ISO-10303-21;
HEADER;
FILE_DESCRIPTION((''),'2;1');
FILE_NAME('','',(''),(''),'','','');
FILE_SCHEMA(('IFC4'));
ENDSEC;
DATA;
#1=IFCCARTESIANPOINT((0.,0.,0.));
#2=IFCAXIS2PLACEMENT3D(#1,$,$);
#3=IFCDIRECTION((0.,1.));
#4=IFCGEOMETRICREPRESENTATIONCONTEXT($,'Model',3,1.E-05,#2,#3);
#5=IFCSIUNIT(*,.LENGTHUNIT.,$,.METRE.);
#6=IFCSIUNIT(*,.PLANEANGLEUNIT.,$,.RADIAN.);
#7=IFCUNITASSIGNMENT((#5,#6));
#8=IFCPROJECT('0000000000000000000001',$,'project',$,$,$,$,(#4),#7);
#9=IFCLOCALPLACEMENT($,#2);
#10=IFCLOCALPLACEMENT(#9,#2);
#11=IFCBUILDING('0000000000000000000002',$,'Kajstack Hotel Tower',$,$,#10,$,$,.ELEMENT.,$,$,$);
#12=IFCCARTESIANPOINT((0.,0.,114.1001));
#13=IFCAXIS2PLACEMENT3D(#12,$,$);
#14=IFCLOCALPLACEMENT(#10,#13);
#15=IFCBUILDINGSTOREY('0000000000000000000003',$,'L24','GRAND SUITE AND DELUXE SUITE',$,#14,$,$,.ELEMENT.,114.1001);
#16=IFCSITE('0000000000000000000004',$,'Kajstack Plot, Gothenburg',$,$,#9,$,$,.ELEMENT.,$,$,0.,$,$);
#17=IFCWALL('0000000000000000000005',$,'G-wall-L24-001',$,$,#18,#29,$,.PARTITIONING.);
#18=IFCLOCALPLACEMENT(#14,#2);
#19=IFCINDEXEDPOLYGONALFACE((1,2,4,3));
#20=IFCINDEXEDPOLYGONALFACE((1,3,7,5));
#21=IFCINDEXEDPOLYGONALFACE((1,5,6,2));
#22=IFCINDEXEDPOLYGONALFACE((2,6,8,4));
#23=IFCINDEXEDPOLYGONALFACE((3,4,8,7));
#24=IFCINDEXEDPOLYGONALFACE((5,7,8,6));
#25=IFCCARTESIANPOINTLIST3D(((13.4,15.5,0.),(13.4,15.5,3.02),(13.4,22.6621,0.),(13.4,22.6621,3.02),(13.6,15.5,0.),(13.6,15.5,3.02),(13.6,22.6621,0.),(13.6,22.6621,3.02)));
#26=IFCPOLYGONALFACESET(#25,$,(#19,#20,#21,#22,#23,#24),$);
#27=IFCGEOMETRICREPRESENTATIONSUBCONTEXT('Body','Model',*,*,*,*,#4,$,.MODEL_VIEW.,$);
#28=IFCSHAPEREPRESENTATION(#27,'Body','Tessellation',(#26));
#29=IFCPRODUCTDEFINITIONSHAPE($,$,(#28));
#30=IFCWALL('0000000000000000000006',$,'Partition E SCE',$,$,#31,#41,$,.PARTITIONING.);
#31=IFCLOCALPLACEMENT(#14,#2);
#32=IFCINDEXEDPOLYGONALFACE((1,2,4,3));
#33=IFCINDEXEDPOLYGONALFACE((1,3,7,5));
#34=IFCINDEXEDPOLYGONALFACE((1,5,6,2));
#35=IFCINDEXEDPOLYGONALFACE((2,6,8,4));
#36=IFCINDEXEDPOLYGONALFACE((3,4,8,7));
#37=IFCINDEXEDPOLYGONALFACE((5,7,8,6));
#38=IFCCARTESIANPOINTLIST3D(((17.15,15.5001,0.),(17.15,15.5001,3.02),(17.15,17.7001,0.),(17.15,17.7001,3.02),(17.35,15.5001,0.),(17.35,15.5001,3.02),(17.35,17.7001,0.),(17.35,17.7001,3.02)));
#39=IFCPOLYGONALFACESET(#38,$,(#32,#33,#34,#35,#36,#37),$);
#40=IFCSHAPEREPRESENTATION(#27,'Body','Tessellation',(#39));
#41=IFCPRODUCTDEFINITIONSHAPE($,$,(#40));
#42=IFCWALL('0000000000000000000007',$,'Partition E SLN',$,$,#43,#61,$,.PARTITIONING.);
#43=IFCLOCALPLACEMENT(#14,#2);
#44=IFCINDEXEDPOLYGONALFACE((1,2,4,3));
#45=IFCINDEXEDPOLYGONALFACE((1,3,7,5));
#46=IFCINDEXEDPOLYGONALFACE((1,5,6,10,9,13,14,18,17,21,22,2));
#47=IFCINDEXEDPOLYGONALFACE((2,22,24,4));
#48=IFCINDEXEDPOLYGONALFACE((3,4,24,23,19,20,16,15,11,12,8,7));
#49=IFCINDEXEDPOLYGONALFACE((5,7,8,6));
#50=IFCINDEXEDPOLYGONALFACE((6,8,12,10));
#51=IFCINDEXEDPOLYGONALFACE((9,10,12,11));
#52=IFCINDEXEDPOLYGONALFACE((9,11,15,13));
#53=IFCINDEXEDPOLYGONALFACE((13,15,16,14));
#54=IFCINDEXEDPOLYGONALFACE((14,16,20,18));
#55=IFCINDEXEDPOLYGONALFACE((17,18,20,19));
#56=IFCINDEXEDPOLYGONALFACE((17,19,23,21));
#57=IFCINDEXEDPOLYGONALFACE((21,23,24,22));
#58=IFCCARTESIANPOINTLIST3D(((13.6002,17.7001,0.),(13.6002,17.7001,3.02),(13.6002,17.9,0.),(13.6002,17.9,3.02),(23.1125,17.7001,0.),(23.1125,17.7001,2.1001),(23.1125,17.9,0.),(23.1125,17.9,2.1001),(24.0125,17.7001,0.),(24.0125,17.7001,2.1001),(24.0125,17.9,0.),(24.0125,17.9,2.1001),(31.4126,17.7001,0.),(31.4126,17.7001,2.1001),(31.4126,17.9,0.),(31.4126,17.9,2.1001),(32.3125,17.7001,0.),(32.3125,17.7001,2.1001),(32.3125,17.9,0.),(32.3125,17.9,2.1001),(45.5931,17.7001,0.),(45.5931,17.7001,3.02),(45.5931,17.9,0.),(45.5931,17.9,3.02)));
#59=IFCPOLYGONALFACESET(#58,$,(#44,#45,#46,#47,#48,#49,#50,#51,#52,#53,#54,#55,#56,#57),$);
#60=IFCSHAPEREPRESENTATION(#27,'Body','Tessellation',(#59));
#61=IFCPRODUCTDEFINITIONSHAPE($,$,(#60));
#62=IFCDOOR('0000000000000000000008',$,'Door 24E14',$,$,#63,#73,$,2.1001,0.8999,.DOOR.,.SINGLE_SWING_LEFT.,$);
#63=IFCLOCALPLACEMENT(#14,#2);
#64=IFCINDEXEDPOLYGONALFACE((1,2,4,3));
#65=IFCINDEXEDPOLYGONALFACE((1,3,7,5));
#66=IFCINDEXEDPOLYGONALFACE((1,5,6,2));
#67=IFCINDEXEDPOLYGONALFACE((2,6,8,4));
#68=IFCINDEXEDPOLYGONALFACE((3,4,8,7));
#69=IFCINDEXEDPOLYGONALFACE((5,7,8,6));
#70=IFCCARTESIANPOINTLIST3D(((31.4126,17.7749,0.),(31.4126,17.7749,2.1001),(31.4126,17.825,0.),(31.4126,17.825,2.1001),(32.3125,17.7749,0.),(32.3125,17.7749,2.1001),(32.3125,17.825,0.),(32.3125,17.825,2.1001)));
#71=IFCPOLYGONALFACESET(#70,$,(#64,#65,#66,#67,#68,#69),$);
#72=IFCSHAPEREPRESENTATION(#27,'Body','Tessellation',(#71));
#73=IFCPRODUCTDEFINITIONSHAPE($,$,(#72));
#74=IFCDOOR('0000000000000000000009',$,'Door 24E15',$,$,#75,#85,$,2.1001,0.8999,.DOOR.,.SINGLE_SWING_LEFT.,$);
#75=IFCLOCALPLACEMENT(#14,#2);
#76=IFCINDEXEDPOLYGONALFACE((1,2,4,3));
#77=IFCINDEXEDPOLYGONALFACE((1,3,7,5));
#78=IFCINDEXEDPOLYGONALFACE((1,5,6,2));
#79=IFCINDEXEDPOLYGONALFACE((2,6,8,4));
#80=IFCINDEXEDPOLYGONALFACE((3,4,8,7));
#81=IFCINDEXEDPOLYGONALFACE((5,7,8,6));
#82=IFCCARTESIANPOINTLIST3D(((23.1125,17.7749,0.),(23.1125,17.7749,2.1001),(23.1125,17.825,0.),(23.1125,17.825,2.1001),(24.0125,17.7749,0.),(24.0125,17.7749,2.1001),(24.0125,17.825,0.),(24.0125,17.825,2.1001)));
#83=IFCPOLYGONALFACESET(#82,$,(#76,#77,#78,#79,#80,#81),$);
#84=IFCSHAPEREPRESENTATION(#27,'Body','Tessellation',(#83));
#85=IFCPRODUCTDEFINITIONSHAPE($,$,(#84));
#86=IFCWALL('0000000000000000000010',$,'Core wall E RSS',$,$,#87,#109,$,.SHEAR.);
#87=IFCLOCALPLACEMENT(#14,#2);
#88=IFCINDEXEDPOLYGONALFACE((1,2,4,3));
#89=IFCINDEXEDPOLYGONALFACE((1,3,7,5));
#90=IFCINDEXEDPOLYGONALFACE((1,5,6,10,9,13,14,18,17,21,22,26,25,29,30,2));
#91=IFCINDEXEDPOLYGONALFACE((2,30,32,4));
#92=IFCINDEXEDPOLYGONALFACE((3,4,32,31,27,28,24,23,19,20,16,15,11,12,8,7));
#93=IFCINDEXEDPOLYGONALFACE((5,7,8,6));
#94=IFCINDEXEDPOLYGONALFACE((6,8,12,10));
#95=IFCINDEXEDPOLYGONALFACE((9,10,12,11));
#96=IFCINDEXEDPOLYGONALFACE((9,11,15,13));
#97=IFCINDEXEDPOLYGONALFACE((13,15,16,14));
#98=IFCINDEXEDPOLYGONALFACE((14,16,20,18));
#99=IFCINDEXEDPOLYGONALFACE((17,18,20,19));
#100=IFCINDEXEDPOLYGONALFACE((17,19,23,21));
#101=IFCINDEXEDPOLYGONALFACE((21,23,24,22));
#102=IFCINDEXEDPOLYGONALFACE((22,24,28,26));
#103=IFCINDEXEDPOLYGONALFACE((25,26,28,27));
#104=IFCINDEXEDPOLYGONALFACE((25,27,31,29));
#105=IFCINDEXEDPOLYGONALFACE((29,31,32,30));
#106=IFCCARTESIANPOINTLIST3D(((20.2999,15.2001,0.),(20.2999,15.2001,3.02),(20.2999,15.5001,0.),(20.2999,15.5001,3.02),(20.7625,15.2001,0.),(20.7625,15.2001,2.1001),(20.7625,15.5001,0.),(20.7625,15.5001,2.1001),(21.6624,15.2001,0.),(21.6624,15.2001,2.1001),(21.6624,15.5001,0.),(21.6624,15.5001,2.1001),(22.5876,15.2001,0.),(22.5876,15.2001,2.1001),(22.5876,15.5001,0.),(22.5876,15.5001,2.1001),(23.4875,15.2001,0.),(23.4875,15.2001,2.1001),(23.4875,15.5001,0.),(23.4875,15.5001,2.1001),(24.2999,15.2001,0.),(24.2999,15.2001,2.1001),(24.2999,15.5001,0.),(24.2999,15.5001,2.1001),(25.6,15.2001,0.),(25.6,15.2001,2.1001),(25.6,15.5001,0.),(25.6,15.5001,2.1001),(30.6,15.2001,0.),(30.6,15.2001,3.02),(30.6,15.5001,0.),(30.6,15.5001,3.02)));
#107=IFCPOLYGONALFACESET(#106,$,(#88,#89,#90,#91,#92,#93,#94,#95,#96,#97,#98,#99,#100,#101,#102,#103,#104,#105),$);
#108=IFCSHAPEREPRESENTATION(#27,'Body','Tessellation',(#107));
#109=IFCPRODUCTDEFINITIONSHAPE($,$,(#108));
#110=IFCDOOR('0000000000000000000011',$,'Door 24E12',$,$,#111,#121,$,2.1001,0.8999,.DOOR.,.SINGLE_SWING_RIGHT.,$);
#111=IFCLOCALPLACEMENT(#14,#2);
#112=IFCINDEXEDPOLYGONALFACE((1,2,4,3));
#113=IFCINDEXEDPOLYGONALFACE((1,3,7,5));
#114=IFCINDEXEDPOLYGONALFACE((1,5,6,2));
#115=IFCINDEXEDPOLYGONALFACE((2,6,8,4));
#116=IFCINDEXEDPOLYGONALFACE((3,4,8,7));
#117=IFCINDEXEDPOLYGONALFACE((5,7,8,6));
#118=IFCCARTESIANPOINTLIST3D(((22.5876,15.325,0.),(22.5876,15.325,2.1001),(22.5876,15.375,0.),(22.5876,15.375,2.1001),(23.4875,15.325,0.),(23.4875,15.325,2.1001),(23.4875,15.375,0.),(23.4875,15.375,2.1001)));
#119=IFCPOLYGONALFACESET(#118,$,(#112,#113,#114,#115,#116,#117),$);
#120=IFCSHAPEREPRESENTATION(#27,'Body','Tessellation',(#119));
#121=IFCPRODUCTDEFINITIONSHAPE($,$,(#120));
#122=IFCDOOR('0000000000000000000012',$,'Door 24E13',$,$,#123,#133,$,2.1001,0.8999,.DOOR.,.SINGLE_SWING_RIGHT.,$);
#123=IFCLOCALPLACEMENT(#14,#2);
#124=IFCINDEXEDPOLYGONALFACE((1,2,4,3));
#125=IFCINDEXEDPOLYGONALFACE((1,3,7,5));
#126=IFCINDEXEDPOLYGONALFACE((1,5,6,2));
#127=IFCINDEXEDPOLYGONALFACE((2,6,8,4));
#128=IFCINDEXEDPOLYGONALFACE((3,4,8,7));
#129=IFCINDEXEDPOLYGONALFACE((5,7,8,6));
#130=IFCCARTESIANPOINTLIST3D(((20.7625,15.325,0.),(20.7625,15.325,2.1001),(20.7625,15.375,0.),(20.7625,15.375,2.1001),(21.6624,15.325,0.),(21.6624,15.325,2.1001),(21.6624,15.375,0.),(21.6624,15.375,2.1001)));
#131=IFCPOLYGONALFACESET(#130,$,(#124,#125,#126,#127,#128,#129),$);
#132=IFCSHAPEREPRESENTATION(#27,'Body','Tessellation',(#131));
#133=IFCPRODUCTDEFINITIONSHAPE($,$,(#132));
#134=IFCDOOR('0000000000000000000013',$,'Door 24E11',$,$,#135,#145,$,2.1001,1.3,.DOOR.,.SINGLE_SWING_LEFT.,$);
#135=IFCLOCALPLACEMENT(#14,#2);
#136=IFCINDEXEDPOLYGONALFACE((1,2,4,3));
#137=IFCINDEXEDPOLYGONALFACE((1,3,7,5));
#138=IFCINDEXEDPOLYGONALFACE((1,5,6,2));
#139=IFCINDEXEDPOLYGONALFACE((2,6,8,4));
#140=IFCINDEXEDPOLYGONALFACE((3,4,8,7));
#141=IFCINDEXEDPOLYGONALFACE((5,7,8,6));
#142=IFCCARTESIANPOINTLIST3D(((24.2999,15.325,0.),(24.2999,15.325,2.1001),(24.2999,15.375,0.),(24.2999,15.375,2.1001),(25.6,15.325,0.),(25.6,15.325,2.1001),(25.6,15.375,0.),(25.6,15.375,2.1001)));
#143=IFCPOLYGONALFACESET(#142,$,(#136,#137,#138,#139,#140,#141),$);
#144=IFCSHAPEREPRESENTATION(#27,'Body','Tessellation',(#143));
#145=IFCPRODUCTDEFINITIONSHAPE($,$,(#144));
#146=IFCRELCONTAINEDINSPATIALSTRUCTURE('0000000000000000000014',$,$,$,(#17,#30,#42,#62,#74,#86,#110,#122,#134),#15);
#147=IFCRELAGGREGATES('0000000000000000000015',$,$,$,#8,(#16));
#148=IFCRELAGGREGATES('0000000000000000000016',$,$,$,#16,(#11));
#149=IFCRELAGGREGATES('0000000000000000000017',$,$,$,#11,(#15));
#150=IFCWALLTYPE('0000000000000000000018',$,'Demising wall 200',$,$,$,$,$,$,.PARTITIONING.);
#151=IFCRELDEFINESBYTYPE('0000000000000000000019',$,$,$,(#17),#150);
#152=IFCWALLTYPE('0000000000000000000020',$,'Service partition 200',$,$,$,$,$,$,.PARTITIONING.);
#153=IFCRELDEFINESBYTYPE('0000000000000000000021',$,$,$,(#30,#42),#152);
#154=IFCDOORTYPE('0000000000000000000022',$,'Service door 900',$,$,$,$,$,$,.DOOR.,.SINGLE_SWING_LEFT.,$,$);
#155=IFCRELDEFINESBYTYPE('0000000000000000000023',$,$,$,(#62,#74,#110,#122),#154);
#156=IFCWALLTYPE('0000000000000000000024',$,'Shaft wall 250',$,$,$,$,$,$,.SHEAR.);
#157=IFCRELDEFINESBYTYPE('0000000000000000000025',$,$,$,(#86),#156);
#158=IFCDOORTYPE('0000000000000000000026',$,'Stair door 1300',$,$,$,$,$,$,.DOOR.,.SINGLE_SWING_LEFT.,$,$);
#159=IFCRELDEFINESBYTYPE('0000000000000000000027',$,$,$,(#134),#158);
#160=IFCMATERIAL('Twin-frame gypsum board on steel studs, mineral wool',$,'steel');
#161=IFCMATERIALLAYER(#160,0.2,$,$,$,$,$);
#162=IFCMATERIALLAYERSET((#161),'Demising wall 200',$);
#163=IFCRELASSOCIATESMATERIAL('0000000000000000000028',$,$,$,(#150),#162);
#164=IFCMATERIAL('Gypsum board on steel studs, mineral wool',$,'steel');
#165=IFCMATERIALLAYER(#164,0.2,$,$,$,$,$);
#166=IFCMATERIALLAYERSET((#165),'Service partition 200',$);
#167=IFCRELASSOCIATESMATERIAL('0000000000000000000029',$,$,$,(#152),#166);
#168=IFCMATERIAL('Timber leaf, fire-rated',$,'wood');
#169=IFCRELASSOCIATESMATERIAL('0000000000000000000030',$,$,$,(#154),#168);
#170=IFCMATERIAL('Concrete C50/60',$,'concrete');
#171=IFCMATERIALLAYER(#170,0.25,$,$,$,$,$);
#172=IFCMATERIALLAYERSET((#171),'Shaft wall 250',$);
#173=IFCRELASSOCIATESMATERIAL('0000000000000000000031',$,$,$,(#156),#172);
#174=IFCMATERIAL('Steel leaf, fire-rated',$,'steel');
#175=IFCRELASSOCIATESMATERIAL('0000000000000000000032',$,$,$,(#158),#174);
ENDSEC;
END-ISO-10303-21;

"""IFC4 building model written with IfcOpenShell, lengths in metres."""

from ifc_helpers import new_model, si_unit, direction, frame, frame_2d, origin, place, context, subcontext, project, spatial, rectangle, extrude, material, layer, layer_set, type_object, element, fill, save


model = new_model("IFC4")

# Units and contexts
model_context = context("Model", 3, precision=1e-05, world=origin(), true_north=direction((0.0, 1.0)))
body_context = subcontext(model_context, "Body", "Model", "MODEL_VIEW")
ifc_project = project(units=[si_unit("LENGTHUNIT", "METRE"), si_unit("PLANEANGLEUNIT", "RADIAN")], contexts=[model_context])

# Site, building, storey
site_placement = place(None, origin())
site = spatial("IfcSite", under=ifc_project, at=site_placement, Name="Kajstack Plot, Gothenburg", CompositionType="ELEMENT", RefElevation=0.0)
building_placement = place(site_placement, origin())
building = spatial("IfcBuilding", under=site, at=building_placement, Name="Kajstack Hotel Tower", CompositionType="ELEMENT")
storey_placement = place(building_placement, frame((0.0, 0.0, 114.1001)))
storey = spatial("IfcBuildingStorey", under=building, at=storey_placement, Name="L24", Description="GRAND SUITE AND DELUXE SUITE", CompositionType="ELEMENT", Elevation=114.1001)

# Wall
ifc_material_1 = material(Name="Twin-frame gypsum board on steel studs, mineral wool", Category="steel")
ifc_layer_1 = layer(ifc_material_1, 0.2)
ifc_layer_set_1 = layer_set([ifc_layer_1], Name="Demising wall 200")
wall_type_1 = type_object("IfcWallType", Name="Demising wall 200", PredefinedType="PARTITIONING", material=ifc_layer_set_1)
wall_1_placement = place(storey_placement, frame((13.5, 15.5, 0.0), z_axis=(0.0, 0.0, 1.0), x_axis=(0.0, 1.0, 0.0)))
element("IfcWall", 1, at=wall_1_placement, inside=storey, type_object=wall_type_1, Name="G-wall-L24-001", PredefinedType="PARTITIONING", context=body_context, shape_type="SweptSolid", body=[
    extrude(rectangle(XDim=7.1621, YDim=0.2, at=frame_2d((3.5811, 0.0))), origin(), (0.0, 0.0, 1.0), 3.02),
])

# Wall
ifc_material_2 = material(Name="Gypsum board on steel studs, mineral wool", Category="steel")
ifc_layer_2 = layer(ifc_material_2, 0.2)
ifc_layer_set_2 = layer_set([ifc_layer_2], Name="Service partition 200")
wall_type_2 = type_object("IfcWallType", Name="Service partition 200", PredefinedType="PARTITIONING", material=ifc_layer_set_2)
wall_2_placement = place(storey_placement, frame((17.25, 15.5, 0.0), z_axis=(0.0, 0.0, 1.0), x_axis=(0.0, 1.0, 0.0)))
element("IfcWall", 2, at=wall_2_placement, inside=storey, type_object=wall_type_2, Name="Partition E SCE", PredefinedType="PARTITIONING", context=body_context, shape_type="SweptSolid", body=[
    extrude(rectangle(XDim=2.2, YDim=0.2, at=frame_2d((1.1001, 0.0))), origin(), (0.0, 0.0, 1.0), 3.02),
])

# Walls, openings, doors
wall_3_placement = place(storey_placement, frame((13.6001, 17.8, 0.0), z_axis=(0.0, 0.0, 1.0), x_axis=(1.0, 0.0, 0.0)))
wall_3 = element("IfcWall", 3, at=wall_3_placement, inside=storey, type_object=wall_type_2, Name="Partition E SLN", PredefinedType="PARTITIONING", context=body_context, shape_type="SweptSolid", body=[
    extrude(rectangle(XDim=31.9929, YDim=0.2, at=frame_2d((15.9966, 0.0))), origin(), (0.0, 0.0, 1.0), 3.02),
])
opening_1_placement = place(wall_3_placement, frame((17.8125, 0.0, 0.0)))
opening_1 = element("IfcOpeningElement", 4, at=opening_1_placement, cuts=wall_3, PredefinedType="OPENING", context=body_context, shape_type="SweptSolid", body=[
    extrude(rectangle(XDim=0.8999, YDim=2.1001, at=frame_2d((0.45, 1.05))), frame((0.0, 0.1099, 0.0), z_axis=(0.0, -1.0, 0.0), x_axis=(1.0, 0.0, 0.0)), (0.0, 0.0, 1.0), 0.22),
])
opening_2_placement = place(wall_3_placement, frame((9.5125, 0.0, 0.0)))
opening_2 = element("IfcOpeningElement", 5, at=opening_2_placement, cuts=wall_3, PredefinedType="OPENING", context=body_context, shape_type="SweptSolid", body=[
    extrude(rectangle(XDim=0.8999, YDim=2.1001, at=frame_2d((0.45, 1.05))), frame((0.0, 0.1099, 0.0), z_axis=(0.0, -1.0, 0.0), x_axis=(1.0, 0.0, 0.0)), (0.0, 0.0, 1.0), 0.22),
])
ifc_material_3 = material(Name="Timber leaf, fire-rated", Category="wood")
door_type_1 = type_object("IfcDoorType", Name="Service door 900", OperationType="SINGLE_SWING_LEFT", PredefinedType="DOOR", material=ifc_material_3)
door_1_placement = place(opening_1_placement, origin())
door_1 = element("IfcDoor", 6, at=door_1_placement, inside=storey, type_object=door_type_1, Name="Door 24E14", OperationType="SINGLE_SWING_LEFT", OverallHeight=2.1001, OverallWidth=0.8999, PredefinedType="DOOR", context=body_context, shape_type="SweptSolid", body=[
    extrude(rectangle(XDim=0.8999, YDim=2.1001, at=frame_2d((0.45, 1.05))), frame((0.0, 0.0249, 0.0), z_axis=(0.0, -1.0, 0.0), x_axis=(1.0, 0.0, 0.0)), (0.0, 0.0, 1.0), 0.05),
])
fill(opening_1, door_1)
door_2_placement = place(opening_2_placement, origin())
door_2 = element("IfcDoor", 7, at=door_2_placement, inside=storey, type_object=door_type_1, Name="Door 24E15", OperationType="SINGLE_SWING_LEFT", OverallHeight=2.1001, OverallWidth=0.8999, PredefinedType="DOOR", context=body_context, shape_type="SweptSolid", body=[
    extrude(rectangle(XDim=0.8999, YDim=2.1001, at=frame_2d((0.45, 1.05))), frame((0.0, 0.0249, 0.0), z_axis=(0.0, -1.0, 0.0), x_axis=(1.0, 0.0, 0.0)), (0.0, 0.0, 1.0), 0.05),
])
fill(opening_2, door_2)
ifc_material_4 = material(Name="Concrete C50/60", Category="concrete")
ifc_layer_3 = layer(ifc_material_4, 0.25)
ifc_layer_set_3 = layer_set([ifc_layer_3], Name="Shaft wall 250")
wall_type_3 = type_object("IfcWallType", Name="Shaft wall 250", PredefinedType="SHEAR", material=ifc_layer_set_3)
wall_4_placement = place(storey_placement, frame((20.3, 15.3501, 0.0), z_axis=(0.0, 0.0, 1.0), x_axis=(1.0, 0.0, 0.0)))
wall_4 = element("IfcWall", 8, at=wall_4_placement, inside=storey, type_object=wall_type_3, Name="Core wall E RSS", PredefinedType="SHEAR", context=body_context, shape_type="SweptSolid", body=[
    extrude(rectangle(XDim=10.3, YDim=0.3, at=frame_2d((5.1499, 0.0))), origin(), (0.0, 0.0, 1.0), 3.02),
])
opening_3_placement = place(wall_4_placement, frame((4.0, 0.0, 0.0)))
opening_3 = element("IfcOpeningElement", 9, at=opening_3_placement, cuts=wall_4, PredefinedType="OPENING", context=body_context, shape_type="SweptSolid", body=[
    extrude(rectangle(XDim=1.3, YDim=2.1001, at=frame_2d((0.6499, 1.05))), frame((0.0, 0.1599, 0.0), z_axis=(0.0, -1.0, 0.0), x_axis=(1.0, 0.0, 0.0)), (0.0, 0.0, 1.0), 0.3201),
])
opening_4_placement = place(wall_4_placement, frame((2.2876, 0.0, 0.0)))
opening_4 = element("IfcOpeningElement", 10, at=opening_4_placement, cuts=wall_4, PredefinedType="OPENING", context=body_context, shape_type="SweptSolid", body=[
    extrude(rectangle(XDim=0.8999, YDim=2.1001, at=frame_2d((0.45, 1.05))), frame((0.0, 0.1599, 0.0), z_axis=(0.0, -1.0, 0.0), x_axis=(1.0, 0.0, 0.0)), (0.0, 0.0, 1.0), 0.3201),
])
opening_5_placement = place(wall_4_placement, frame((0.4624, 0.0, 0.0)))
opening_5 = element("IfcOpeningElement", 11, at=opening_5_placement, cuts=wall_4, PredefinedType="OPENING", context=body_context, shape_type="SweptSolid", body=[
    extrude(rectangle(XDim=0.8999, YDim=2.1001, at=frame_2d((0.45, 1.05))), frame((0.0, 0.1599, 0.0), z_axis=(0.0, -1.0, 0.0), x_axis=(1.0, 0.0, 0.0)), (0.0, 0.0, 1.0), 0.3201),
])
door_3_placement = place(opening_4_placement, origin())
door_3 = element("IfcDoor", 12, at=door_3_placement, inside=storey, type_object=door_type_1, Name="Door 24E12", OperationType="SINGLE_SWING_RIGHT", OverallHeight=2.1001, OverallWidth=0.8999, PredefinedType="DOOR", context=body_context, shape_type="SweptSolid", body=[
    extrude(rectangle(XDim=0.8999, YDim=2.1001, at=frame_2d((0.45, 1.05))), frame((0.0, 0.0249, 0.0), z_axis=(0.0, -1.0, 0.0), x_axis=(1.0, 0.0, 0.0)), (0.0, 0.0, 1.0), 0.05),
])
fill(opening_4, door_3)
door_4_placement = place(opening_5_placement, origin())
door_4 = element("IfcDoor", 13, at=door_4_placement, inside=storey, type_object=door_type_1, Name="Door 24E13", OperationType="SINGLE_SWING_RIGHT", OverallHeight=2.1001, OverallWidth=0.8999, PredefinedType="DOOR", context=body_context, shape_type="SweptSolid", body=[
    extrude(rectangle(XDim=0.8999, YDim=2.1001, at=frame_2d((0.45, 1.05))), frame((0.0, 0.0249, 0.0), z_axis=(0.0, -1.0, 0.0), x_axis=(1.0, 0.0, 0.0)), (0.0, 0.0, 1.0), 0.05),
])
fill(opening_5, door_4)
ifc_material_5 = material(Name="Steel leaf, fire-rated", Category="steel")
door_type_2 = type_object("IfcDoorType", Name="Stair door 1300", OperationType="SINGLE_SWING_LEFT", PredefinedType="DOOR", material=ifc_material_5)
door_5_placement = place(opening_3_placement, origin())
door_5 = element("IfcDoor", 14, at=door_5_placement, inside=storey, type_object=door_type_2, Name="Door 24E11", OperationType="SINGLE_SWING_LEFT", OverallHeight=2.1001, OverallWidth=1.3, PredefinedType="DOOR", context=body_context, shape_type="SweptSolid", body=[
    extrude(rectangle(XDim=1.3, YDim=2.1001, at=frame_2d((0.6499, 1.05))), frame((0.0, 0.0249, 0.0), z_axis=(0.0, -1.0, 0.0), x_axis=(1.0, 0.0, 0.0)), (0.0, 0.0, 1.0), 0.05),
])
fill(opening_3, door_5)

save(model, "model.ifc")
